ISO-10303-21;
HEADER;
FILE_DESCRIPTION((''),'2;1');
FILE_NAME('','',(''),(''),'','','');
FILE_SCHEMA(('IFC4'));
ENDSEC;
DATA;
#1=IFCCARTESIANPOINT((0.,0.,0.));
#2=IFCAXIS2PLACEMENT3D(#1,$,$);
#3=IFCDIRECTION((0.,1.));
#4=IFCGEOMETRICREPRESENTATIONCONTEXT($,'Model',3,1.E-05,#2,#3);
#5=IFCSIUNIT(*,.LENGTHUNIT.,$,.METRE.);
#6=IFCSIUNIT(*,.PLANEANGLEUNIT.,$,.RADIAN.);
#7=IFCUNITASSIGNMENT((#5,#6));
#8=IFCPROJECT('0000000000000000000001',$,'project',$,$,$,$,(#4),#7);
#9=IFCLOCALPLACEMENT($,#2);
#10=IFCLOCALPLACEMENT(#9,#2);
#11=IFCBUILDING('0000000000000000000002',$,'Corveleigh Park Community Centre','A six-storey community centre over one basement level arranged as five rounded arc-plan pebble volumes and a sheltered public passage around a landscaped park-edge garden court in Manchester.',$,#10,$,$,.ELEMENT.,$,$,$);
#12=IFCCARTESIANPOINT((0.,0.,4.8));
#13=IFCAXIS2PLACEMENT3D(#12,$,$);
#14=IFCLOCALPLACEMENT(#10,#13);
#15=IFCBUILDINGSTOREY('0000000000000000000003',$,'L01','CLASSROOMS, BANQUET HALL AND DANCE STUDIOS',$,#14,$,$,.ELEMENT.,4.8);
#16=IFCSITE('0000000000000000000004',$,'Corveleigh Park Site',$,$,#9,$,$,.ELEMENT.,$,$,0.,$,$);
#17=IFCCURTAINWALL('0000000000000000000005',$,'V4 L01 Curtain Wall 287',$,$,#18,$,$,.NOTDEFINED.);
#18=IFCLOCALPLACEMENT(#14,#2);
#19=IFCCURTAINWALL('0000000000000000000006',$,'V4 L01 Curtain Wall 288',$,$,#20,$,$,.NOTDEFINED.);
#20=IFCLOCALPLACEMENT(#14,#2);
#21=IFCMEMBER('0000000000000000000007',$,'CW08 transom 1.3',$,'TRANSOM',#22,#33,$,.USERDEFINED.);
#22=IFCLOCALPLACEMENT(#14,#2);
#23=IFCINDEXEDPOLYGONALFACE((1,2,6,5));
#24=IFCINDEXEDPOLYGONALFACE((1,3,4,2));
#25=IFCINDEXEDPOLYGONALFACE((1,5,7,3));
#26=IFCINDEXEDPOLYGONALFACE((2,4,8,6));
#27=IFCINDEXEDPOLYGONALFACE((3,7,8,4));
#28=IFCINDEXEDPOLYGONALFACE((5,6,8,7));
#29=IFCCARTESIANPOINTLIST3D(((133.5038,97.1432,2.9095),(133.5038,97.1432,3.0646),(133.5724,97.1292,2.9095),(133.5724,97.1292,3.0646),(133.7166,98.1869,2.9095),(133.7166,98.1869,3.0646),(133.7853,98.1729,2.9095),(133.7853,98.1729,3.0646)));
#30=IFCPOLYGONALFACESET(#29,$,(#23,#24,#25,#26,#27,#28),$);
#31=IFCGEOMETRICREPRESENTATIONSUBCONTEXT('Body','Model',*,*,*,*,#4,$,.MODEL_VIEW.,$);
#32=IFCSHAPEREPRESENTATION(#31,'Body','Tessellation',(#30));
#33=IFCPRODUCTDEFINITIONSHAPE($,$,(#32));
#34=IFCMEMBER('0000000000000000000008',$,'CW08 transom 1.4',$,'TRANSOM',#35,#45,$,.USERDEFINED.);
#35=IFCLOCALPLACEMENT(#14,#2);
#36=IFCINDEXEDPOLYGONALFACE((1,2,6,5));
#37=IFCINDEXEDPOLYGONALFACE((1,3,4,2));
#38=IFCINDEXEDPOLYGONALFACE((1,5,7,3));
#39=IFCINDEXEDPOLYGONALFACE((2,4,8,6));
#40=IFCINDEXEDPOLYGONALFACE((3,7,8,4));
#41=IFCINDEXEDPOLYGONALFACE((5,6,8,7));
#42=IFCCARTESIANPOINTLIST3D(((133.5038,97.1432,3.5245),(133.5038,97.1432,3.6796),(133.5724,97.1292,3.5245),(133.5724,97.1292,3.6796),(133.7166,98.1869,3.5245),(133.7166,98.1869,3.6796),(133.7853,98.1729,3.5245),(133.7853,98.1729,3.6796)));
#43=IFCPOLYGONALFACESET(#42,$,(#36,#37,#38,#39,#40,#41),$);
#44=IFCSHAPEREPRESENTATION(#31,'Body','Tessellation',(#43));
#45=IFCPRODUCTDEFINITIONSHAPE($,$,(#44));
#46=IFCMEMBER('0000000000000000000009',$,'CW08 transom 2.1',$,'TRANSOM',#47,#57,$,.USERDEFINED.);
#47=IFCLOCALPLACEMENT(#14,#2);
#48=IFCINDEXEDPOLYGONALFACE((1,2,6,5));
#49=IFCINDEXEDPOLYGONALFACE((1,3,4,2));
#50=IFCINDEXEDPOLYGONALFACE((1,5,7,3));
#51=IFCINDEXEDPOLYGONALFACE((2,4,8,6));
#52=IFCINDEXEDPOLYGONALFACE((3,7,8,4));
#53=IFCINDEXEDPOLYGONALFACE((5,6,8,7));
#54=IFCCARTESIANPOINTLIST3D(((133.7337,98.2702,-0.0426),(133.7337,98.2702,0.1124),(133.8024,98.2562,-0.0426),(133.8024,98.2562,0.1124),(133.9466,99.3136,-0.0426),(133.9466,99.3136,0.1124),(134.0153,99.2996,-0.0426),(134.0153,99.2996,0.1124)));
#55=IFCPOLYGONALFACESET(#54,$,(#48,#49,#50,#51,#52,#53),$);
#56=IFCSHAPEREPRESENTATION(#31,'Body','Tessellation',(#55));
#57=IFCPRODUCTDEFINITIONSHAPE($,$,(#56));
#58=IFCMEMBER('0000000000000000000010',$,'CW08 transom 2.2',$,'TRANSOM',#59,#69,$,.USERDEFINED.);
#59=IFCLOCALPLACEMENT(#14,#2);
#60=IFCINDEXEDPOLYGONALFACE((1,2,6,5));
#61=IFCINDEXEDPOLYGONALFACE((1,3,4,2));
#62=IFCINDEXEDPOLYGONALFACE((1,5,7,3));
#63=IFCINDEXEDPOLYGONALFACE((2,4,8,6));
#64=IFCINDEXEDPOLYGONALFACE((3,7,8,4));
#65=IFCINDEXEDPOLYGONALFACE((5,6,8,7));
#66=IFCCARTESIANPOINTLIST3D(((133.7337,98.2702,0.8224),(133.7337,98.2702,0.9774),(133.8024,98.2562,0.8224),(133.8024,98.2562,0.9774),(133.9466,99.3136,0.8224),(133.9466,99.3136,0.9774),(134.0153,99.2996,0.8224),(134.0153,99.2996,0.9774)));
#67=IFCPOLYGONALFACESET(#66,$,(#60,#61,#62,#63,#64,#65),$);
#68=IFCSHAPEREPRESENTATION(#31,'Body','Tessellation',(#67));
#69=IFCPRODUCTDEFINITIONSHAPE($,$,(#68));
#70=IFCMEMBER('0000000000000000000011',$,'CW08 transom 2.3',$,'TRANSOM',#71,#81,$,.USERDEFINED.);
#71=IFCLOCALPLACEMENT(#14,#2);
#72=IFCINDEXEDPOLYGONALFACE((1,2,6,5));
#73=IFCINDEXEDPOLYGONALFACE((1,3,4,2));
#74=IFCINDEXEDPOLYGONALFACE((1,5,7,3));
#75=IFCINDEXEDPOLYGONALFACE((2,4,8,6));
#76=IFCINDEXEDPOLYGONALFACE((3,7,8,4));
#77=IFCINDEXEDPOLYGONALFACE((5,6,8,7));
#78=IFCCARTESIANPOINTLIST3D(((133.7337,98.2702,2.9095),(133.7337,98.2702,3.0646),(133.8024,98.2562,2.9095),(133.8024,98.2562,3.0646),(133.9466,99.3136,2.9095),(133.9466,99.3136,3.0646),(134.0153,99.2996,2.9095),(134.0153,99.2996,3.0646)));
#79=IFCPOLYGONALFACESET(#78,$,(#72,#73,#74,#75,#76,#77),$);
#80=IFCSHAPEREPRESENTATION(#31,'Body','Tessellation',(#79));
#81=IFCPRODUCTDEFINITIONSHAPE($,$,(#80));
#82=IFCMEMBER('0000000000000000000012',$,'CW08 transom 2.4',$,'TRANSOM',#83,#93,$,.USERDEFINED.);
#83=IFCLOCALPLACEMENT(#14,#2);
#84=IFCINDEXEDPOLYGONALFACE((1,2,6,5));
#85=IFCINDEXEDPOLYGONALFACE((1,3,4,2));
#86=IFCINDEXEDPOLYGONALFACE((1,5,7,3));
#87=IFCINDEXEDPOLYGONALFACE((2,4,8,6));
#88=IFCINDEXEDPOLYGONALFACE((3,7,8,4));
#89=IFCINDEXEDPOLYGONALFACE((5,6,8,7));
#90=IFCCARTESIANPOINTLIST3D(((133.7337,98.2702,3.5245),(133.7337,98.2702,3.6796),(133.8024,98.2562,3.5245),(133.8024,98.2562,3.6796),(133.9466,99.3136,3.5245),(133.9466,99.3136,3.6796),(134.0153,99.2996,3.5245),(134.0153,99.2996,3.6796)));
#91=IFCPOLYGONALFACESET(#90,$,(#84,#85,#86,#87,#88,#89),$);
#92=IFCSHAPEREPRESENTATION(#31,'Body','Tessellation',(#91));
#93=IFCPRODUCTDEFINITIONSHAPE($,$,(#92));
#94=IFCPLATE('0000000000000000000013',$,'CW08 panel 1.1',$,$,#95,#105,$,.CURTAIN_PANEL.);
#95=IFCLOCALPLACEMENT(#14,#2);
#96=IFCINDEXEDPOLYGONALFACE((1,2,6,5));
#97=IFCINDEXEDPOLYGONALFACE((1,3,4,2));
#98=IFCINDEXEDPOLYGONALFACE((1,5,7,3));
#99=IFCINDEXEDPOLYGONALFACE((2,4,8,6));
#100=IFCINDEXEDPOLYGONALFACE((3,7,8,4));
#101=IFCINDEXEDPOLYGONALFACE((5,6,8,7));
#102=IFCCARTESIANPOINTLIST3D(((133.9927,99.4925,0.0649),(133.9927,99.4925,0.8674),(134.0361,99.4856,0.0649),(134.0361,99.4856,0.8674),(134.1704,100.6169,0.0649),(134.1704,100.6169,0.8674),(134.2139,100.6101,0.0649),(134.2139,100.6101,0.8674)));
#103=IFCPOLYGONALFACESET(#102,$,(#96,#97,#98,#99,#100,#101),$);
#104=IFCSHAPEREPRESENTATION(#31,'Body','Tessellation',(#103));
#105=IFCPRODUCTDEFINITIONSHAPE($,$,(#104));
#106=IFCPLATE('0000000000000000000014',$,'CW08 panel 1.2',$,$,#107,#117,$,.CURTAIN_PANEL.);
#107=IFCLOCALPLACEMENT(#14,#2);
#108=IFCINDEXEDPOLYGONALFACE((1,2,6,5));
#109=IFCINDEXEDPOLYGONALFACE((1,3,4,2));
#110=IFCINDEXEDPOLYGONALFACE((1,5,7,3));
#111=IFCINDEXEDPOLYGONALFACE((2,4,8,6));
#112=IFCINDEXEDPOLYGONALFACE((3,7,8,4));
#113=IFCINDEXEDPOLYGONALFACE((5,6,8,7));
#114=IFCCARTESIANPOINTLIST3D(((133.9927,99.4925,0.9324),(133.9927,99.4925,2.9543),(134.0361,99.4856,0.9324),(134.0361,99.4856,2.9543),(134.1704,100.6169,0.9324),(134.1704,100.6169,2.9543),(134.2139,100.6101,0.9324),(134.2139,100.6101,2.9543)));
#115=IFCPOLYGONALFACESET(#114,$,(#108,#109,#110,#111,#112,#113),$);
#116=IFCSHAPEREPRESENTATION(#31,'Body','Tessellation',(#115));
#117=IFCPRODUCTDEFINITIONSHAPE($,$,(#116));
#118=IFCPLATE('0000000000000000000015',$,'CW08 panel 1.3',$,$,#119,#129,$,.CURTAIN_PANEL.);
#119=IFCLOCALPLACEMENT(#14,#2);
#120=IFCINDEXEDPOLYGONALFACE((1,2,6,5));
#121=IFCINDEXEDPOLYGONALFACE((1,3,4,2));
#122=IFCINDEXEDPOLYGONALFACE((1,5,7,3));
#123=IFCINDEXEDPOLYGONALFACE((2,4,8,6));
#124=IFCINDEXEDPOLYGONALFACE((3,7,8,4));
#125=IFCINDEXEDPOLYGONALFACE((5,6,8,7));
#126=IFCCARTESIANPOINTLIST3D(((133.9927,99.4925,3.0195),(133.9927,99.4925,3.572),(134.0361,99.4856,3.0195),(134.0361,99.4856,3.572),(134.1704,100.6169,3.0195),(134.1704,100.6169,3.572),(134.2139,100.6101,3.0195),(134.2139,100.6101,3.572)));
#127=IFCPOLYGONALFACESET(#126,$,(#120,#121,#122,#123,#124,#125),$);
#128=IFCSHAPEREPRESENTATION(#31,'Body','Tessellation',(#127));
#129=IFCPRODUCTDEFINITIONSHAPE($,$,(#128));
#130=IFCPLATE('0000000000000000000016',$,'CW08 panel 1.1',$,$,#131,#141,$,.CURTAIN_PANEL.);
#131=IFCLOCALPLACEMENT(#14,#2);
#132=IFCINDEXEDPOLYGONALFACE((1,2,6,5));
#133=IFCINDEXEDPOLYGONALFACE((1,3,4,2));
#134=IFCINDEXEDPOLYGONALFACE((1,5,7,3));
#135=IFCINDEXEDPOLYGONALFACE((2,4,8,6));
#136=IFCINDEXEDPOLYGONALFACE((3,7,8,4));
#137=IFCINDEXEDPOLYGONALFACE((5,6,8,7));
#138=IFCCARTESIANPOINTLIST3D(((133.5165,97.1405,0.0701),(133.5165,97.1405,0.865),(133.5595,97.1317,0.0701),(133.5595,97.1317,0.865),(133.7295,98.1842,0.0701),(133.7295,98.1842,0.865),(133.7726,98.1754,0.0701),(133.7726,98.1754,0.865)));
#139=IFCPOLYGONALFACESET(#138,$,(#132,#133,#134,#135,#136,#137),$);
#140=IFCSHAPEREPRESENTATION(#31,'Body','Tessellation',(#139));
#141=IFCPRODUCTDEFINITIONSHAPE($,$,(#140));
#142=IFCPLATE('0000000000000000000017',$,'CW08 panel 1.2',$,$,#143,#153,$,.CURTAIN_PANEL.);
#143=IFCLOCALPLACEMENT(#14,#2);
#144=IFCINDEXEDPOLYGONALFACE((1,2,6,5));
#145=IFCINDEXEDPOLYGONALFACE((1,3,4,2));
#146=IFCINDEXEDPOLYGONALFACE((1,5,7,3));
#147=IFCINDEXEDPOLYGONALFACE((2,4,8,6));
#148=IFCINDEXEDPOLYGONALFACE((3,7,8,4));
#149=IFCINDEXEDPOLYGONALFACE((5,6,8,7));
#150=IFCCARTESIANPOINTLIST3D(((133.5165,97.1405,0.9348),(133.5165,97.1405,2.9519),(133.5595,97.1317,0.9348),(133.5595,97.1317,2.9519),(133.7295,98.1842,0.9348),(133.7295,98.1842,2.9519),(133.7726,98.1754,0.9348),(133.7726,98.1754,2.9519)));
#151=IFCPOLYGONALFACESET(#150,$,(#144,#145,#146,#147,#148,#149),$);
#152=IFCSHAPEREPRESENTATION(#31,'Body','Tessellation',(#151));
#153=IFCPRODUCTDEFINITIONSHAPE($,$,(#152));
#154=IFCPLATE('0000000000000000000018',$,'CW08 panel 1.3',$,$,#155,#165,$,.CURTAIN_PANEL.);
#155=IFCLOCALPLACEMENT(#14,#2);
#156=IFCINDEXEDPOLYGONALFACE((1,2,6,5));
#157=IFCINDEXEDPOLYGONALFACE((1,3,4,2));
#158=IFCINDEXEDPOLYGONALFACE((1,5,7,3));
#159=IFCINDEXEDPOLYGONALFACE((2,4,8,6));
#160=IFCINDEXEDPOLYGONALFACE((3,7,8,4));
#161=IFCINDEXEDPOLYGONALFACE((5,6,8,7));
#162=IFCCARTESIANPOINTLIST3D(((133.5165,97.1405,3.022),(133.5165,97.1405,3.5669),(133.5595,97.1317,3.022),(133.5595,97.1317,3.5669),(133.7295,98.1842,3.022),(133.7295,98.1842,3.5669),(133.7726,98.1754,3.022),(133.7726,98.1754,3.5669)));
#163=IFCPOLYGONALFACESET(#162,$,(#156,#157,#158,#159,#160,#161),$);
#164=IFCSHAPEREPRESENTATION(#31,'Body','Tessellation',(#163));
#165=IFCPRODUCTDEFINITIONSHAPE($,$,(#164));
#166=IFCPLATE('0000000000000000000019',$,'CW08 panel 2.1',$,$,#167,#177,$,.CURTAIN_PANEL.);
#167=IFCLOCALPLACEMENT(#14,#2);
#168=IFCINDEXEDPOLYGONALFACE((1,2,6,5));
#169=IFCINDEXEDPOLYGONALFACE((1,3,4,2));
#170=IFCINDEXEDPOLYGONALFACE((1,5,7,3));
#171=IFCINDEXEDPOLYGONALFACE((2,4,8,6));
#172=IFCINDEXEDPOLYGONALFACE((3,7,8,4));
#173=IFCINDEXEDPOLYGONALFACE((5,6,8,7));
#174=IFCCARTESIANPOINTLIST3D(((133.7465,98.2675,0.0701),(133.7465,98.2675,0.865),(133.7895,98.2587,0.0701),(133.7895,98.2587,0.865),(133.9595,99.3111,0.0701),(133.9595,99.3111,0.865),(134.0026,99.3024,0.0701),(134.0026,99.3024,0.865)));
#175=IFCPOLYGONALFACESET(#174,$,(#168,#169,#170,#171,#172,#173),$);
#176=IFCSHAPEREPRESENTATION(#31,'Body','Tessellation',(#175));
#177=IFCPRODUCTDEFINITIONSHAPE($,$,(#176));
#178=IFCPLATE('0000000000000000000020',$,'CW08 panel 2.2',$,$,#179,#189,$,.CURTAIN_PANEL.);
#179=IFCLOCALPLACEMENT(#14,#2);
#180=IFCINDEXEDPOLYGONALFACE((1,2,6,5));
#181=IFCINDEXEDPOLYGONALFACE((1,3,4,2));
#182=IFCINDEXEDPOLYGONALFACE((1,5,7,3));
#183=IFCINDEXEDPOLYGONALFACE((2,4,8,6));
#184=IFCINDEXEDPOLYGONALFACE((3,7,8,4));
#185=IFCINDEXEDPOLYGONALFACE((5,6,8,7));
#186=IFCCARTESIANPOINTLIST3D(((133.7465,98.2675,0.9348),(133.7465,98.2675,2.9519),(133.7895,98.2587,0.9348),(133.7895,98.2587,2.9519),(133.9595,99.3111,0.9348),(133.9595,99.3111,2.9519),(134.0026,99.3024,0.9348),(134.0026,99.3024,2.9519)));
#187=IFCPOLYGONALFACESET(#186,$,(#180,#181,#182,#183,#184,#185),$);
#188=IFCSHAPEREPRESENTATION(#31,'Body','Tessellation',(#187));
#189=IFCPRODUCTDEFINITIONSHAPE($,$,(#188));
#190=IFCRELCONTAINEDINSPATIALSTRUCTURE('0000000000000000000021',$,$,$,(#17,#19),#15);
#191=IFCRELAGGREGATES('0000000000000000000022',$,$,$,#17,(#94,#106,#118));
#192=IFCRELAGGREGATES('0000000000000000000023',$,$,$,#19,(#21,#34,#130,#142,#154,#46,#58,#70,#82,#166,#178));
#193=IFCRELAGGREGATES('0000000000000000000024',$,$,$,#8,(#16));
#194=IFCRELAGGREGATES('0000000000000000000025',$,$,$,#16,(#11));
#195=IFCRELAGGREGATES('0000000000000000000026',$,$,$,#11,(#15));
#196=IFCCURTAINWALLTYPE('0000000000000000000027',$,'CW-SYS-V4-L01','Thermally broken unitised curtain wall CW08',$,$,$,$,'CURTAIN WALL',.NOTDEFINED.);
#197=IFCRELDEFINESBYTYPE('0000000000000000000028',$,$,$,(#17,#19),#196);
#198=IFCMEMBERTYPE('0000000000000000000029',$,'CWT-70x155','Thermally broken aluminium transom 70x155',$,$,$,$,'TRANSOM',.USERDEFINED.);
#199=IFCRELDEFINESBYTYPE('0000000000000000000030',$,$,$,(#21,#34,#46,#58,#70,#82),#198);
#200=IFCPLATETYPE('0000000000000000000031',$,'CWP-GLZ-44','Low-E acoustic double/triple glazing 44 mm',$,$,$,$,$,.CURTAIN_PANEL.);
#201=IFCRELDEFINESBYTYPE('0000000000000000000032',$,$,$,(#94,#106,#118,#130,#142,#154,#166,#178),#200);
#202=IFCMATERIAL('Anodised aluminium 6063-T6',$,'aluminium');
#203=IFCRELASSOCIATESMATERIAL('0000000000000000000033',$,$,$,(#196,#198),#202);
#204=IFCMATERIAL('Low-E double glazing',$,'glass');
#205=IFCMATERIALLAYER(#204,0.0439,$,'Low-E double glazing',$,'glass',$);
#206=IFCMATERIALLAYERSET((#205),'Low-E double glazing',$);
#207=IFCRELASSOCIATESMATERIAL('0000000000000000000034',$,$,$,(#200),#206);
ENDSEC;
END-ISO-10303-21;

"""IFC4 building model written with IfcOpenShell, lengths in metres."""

from ifc_helpers import new_model, si_unit, direction, frame, origin, origin_2d, place, context, subcontext, project, spatial, rectangle, extrude, material, layer, layer_set, material_profile, profile_set, type_object, element, aggregate, save


model = new_model("IFC4")

# Units and contexts
model_context = context("Model", 3, precision=1e-05, world=origin(), true_north=direction((0.0, 1.0)))
body_context = subcontext(model_context, "Body", "Model", "MODEL_VIEW")
ifc_project = project(units=[si_unit("LENGTHUNIT", "METRE"), si_unit("PLANEANGLEUNIT", "RADIAN")], contexts=[model_context])

# Site, building, storey
site_placement = place(None, origin())
site = spatial("IfcSite", under=ifc_project, at=site_placement, Name="Corveleigh Park Site", CompositionType="ELEMENT", RefElevation=0.0)
building_placement = place(site_placement, origin())
building = spatial("IfcBuilding", under=site, at=building_placement, Name="Corveleigh Park Community Centre", Description="A six-storey community centre over one basement level arranged as five rounded arc-plan pebble volumes and a sheltered public passage around a landscaped park-edge garden court in Manchester.", CompositionType="ELEMENT")
storey_placement = place(building_placement, frame((0.0, 0.0, 4.8)))
storey = spatial("IfcBuildingStorey", under=building, at=storey_placement, Name="L01", Description="CLASSROOMS, BANQUET HALL AND DANCE STUDIOS", CompositionType="ELEMENT", Elevation=4.8)

# Shared definitions
ifc_material_1 = material(Name="Anodised aluminium 6063-T6", Category="aluminium")
curtain_wall_type = type_object("IfcCurtainWallType", Name="CW-SYS-V4-L01", Description="Thermally broken unitised curtain wall CW08", ElementType="CURTAIN WALL", PredefinedType="NOTDEFINED", material=ifc_material_1)

# Curtain walls
curtain_wall_1_placement = place(storey_placement, origin())
curtain_wall_1 = element("IfcCurtainWall", 1, at=curtain_wall_1_placement, inside=storey, type_object=curtain_wall_type, Name="V4 L01 Curtain Wall 287", PredefinedType="NOTDEFINED")
curtain_wall_2_placement = place(storey_placement, origin())
curtain_wall_2 = element("IfcCurtainWall", 2, at=curtain_wall_2_placement, inside=storey, type_object=curtain_wall_type, Name="V4 L01 Curtain Wall 288", PredefinedType="NOTDEFINED")

# Members
ifc_material_profile_1 = material_profile(ifc_material_1, rectangle(XDim=0.0701, YDim=0.155, at=origin_2d()), Name="ALU-T70x155", Category="aluminium")
ifc_profile_set_1 = profile_set([ifc_material_profile_1], Name="Anodised aluminium 6063-T6")
member_type_1 = type_object("IfcMemberType", Name="CWT-70x155", Description="Thermally broken aluminium transom 70x155", ElementType="TRANSOM", PredefinedType="USERDEFINED", material=ifc_profile_set_1)
member_1_placement = place(storey_placement, frame((133.5381, 97.1362, 2.9871), z_axis=(0.199861, 0.979824, 0.0), x_axis=(-0.979824, 0.199861, 0.0)))
member_1 = element("IfcMember", 3, at=member_1_placement, type_object=member_type_1, Name="CW08 transom 1.3", ObjectType="TRANSOM", PredefinedType="USERDEFINED", context=body_context, shape_type="SweptSolid", body=[
    extrude(rectangle(XDim=0.0701, YDim=0.155, at=origin_2d()), origin(), (0.0, 0.0, 1.0), 1.0652),
])
member_2_placement = place(storey_placement, frame((133.5381, 97.1362, 3.6021), z_axis=(0.199861, 0.979824, 0.0), x_axis=(-0.979824, 0.199861, 0.0)))
member_2 = element("IfcMember", 4, at=member_2_placement, type_object=member_type_1, Name="CW08 transom 1.4", ObjectType="TRANSOM", PredefinedType="USERDEFINED", context=body_context, shape_type="SweptSolid", body=[
    extrude(rectangle(XDim=0.0701, YDim=0.155, at=origin_2d()), origin(), (0.0, 0.0, 1.0), 1.0652),
])
member_3_placement = place(storey_placement, frame((133.7681, 98.2632, 0.0349), z_axis=(0.199906, 0.979815, 0.0), x_axis=(-0.979815, 0.199906, 0.0)))
member_3 = element("IfcMember", 5, at=member_3_placement, type_object=member_type_1, Name="CW08 transom 2.1", ObjectType="TRANSOM", PredefinedType="USERDEFINED", context=body_context, shape_type="SweptSolid", body=[
    extrude(rectangle(XDim=0.0701, YDim=0.155, at=origin_2d()), origin(), (0.0, 0.0, 1.0), 1.0649),
])
member_4_placement = place(storey_placement, frame((133.7681, 98.2632, 0.8999), z_axis=(0.199906, 0.979815, 0.0), x_axis=(-0.979815, 0.199906, 0.0)))
member_4 = element("IfcMember", 6, at=member_4_placement, type_object=member_type_1, Name="CW08 transom 2.2", ObjectType="TRANSOM", PredefinedType="USERDEFINED", context=body_context, shape_type="SweptSolid", body=[
    extrude(rectangle(XDim=0.0701, YDim=0.155, at=origin_2d()), origin(), (0.0, 0.0, 1.0), 1.0649),
])
member_5_placement = place(storey_placement, frame((133.7681, 98.2632, 2.9871), z_axis=(0.199906, 0.979815, 0.0), x_axis=(-0.979815, 0.199906, 0.0)))
member_5 = element("IfcMember", 7, at=member_5_placement, type_object=member_type_1, Name="CW08 transom 2.3", ObjectType="TRANSOM", PredefinedType="USERDEFINED", context=body_context, shape_type="SweptSolid", body=[
    extrude(rectangle(XDim=0.0701, YDim=0.155, at=origin_2d()), origin(), (0.0, 0.0, 1.0), 1.0649),
])
member_6_placement = place(storey_placement, frame((133.7681, 98.2632, 3.6021), z_axis=(0.199906, 0.979815, 0.0), x_axis=(-0.979815, 0.199906, 0.0)))
member_6 = element("IfcMember", 8, at=member_6_placement, type_object=member_type_1, Name="CW08 transom 2.4", ObjectType="TRANSOM", PredefinedType="USERDEFINED", context=body_context, shape_type="SweptSolid", body=[
    extrude(rectangle(XDim=0.0701, YDim=0.155, at=origin_2d()), origin(), (0.0, 0.0, 1.0), 1.0649),
])

# Plates
ifc_material_2 = material(Name="Low-E double glazing", Category="glass")
ifc_layer = layer(ifc_material_2, 0.0439, Name="Low-E double glazing", Category="glass")
ifc_layer_set = layer_set([ifc_layer], Name="Low-E double glazing")
plate_type = type_object("IfcPlateType", Name="CWP-GLZ-44", Description="Low-E acoustic double/triple glazing 44 mm", PredefinedType="CURTAIN_PANEL", material=ifc_layer_set)
plate_1_placement = place(storey_placement, frame((134.1033, 100.0513, 0.0649), z_axis=(0.0, 0.0, 1.0), x_axis=(0.156146, 0.987734, 0.0)))
plate_1 = element("IfcPlate", 9, at=plate_1_placement, type_object=plate_type, Name="CW08 panel 1.1", PredefinedType="CURTAIN_PANEL", context=body_context, shape_type="SweptSolid", body=[
    extrude(rectangle(XDim=1.1384, YDim=0.0439, at=origin_2d()), origin(), (0.0, 0.0, 1.0), 0.8025),
])
plate_2_placement = place(storey_placement, frame((134.1033, 100.0513, 0.9324), z_axis=(0.0, 0.0, 1.0), x_axis=(0.156146, 0.987734, 0.0)))
plate_2 = element("IfcPlate", 10, at=plate_2_placement, type_object=plate_type, Name="CW08 panel 1.2", PredefinedType="CURTAIN_PANEL", context=body_context, shape_type="SweptSolid", body=[
    extrude(rectangle(XDim=1.1384, YDim=0.0439, at=origin_2d()), origin(), (0.0, 0.0, 1.0), 2.022),
])
plate_3_placement = place(storey_placement, frame((134.1033, 100.0513, 3.0195), z_axis=(0.0, 0.0, 1.0), x_axis=(0.156146, 0.987734, 0.0)))
plate_3 = element("IfcPlate", 11, at=plate_3_placement, type_object=plate_type, Name="CW08 panel 1.3", PredefinedType="CURTAIN_PANEL", context=body_context, shape_type="SweptSolid", body=[
    extrude(rectangle(XDim=1.1384, YDim=0.0439, at=origin_2d()), origin(), (0.0, 0.0, 1.0), 0.5525),
])
aggregate(curtain_wall_1, [plate_1, plate_2, plate_3])
plate_4_placement = place(storey_placement, frame((133.6445, 97.658, 0.0701), z_axis=(0.0, 0.0, 1.0), x_axis=(0.199985, 0.979799, 0.0)))
plate_4 = element("IfcPlate", 12, at=plate_4_placement, type_object=plate_type, Name="CW08 panel 1.1", PredefinedType="CURTAIN_PANEL", context=body_context, shape_type="SweptSolid", body=[
    extrude(rectangle(XDim=1.0652, YDim=0.0439, at=origin_2d()), origin(), (0.0, 0.0, 1.0), 0.7949),
])
plate_5_placement = place(storey_placement, frame((133.6445, 97.658, 0.9348), z_axis=(0.0, 0.0, 1.0), x_axis=(0.199985, 0.979799, 0.0)))
plate_5 = element("IfcPlate", 13, at=plate_5_placement, type_object=plate_type, Name="CW08 panel 1.2", PredefinedType="CURTAIN_PANEL", context=body_context, shape_type="SweptSolid", body=[
    extrude(rectangle(XDim=1.0652, YDim=0.0439, at=origin_2d()), origin(), (0.0, 0.0, 1.0), 2.0171),
])
plate_6_placement = place(storey_placement, frame((133.6445, 97.658, 3.022), z_axis=(0.0, 0.0, 1.0), x_axis=(0.199985, 0.979799, 0.0)))
plate_6 = element("IfcPlate", 14, at=plate_6_placement, type_object=plate_type, Name="CW08 panel 1.3", PredefinedType="CURTAIN_PANEL", context=body_context, shape_type="SweptSolid", body=[
    extrude(rectangle(XDim=1.0652, YDim=0.0439, at=origin_2d()), origin(), (0.0, 0.0, 1.0), 0.5449),
])
plate_7_placement = place(storey_placement, frame((133.8745, 98.7849, 0.0701), z_axis=(0.0, 0.0, 1.0), x_axis=(0.199985, 0.979799, 0.0)))
plate_7 = element("IfcPlate", 15, at=plate_7_placement, type_object=plate_type, Name="CW08 panel 2.1", PredefinedType="CURTAIN_PANEL", context=body_context, shape_type="SweptSolid", body=[
    extrude(rectangle(XDim=1.0652, YDim=0.0439, at=origin_2d()), origin(), (0.0, 0.0, 1.0), 0.7949),
])
plate_8_placement = place(storey_placement, frame((133.8745, 98.7849, 0.9348), z_axis=(0.0, 0.0, 1.0), x_axis=(0.199985, 0.979799, 0.0)))
plate_8 = element("IfcPlate", 16, at=plate_8_placement, type_object=plate_type, Name="CW08 panel 2.2", PredefinedType="CURTAIN_PANEL", context=body_context, shape_type="SweptSolid", body=[
    extrude(rectangle(XDim=1.0652, YDim=0.0439, at=origin_2d()), origin(), (0.0, 0.0, 1.0), 2.0171),
])
aggregate(curtain_wall_2, [member_1, member_2, plate_4, plate_5, plate_6, member_3, member_4, member_5, member_6, plate_7, plate_8])

save(model, "model.ifc")
